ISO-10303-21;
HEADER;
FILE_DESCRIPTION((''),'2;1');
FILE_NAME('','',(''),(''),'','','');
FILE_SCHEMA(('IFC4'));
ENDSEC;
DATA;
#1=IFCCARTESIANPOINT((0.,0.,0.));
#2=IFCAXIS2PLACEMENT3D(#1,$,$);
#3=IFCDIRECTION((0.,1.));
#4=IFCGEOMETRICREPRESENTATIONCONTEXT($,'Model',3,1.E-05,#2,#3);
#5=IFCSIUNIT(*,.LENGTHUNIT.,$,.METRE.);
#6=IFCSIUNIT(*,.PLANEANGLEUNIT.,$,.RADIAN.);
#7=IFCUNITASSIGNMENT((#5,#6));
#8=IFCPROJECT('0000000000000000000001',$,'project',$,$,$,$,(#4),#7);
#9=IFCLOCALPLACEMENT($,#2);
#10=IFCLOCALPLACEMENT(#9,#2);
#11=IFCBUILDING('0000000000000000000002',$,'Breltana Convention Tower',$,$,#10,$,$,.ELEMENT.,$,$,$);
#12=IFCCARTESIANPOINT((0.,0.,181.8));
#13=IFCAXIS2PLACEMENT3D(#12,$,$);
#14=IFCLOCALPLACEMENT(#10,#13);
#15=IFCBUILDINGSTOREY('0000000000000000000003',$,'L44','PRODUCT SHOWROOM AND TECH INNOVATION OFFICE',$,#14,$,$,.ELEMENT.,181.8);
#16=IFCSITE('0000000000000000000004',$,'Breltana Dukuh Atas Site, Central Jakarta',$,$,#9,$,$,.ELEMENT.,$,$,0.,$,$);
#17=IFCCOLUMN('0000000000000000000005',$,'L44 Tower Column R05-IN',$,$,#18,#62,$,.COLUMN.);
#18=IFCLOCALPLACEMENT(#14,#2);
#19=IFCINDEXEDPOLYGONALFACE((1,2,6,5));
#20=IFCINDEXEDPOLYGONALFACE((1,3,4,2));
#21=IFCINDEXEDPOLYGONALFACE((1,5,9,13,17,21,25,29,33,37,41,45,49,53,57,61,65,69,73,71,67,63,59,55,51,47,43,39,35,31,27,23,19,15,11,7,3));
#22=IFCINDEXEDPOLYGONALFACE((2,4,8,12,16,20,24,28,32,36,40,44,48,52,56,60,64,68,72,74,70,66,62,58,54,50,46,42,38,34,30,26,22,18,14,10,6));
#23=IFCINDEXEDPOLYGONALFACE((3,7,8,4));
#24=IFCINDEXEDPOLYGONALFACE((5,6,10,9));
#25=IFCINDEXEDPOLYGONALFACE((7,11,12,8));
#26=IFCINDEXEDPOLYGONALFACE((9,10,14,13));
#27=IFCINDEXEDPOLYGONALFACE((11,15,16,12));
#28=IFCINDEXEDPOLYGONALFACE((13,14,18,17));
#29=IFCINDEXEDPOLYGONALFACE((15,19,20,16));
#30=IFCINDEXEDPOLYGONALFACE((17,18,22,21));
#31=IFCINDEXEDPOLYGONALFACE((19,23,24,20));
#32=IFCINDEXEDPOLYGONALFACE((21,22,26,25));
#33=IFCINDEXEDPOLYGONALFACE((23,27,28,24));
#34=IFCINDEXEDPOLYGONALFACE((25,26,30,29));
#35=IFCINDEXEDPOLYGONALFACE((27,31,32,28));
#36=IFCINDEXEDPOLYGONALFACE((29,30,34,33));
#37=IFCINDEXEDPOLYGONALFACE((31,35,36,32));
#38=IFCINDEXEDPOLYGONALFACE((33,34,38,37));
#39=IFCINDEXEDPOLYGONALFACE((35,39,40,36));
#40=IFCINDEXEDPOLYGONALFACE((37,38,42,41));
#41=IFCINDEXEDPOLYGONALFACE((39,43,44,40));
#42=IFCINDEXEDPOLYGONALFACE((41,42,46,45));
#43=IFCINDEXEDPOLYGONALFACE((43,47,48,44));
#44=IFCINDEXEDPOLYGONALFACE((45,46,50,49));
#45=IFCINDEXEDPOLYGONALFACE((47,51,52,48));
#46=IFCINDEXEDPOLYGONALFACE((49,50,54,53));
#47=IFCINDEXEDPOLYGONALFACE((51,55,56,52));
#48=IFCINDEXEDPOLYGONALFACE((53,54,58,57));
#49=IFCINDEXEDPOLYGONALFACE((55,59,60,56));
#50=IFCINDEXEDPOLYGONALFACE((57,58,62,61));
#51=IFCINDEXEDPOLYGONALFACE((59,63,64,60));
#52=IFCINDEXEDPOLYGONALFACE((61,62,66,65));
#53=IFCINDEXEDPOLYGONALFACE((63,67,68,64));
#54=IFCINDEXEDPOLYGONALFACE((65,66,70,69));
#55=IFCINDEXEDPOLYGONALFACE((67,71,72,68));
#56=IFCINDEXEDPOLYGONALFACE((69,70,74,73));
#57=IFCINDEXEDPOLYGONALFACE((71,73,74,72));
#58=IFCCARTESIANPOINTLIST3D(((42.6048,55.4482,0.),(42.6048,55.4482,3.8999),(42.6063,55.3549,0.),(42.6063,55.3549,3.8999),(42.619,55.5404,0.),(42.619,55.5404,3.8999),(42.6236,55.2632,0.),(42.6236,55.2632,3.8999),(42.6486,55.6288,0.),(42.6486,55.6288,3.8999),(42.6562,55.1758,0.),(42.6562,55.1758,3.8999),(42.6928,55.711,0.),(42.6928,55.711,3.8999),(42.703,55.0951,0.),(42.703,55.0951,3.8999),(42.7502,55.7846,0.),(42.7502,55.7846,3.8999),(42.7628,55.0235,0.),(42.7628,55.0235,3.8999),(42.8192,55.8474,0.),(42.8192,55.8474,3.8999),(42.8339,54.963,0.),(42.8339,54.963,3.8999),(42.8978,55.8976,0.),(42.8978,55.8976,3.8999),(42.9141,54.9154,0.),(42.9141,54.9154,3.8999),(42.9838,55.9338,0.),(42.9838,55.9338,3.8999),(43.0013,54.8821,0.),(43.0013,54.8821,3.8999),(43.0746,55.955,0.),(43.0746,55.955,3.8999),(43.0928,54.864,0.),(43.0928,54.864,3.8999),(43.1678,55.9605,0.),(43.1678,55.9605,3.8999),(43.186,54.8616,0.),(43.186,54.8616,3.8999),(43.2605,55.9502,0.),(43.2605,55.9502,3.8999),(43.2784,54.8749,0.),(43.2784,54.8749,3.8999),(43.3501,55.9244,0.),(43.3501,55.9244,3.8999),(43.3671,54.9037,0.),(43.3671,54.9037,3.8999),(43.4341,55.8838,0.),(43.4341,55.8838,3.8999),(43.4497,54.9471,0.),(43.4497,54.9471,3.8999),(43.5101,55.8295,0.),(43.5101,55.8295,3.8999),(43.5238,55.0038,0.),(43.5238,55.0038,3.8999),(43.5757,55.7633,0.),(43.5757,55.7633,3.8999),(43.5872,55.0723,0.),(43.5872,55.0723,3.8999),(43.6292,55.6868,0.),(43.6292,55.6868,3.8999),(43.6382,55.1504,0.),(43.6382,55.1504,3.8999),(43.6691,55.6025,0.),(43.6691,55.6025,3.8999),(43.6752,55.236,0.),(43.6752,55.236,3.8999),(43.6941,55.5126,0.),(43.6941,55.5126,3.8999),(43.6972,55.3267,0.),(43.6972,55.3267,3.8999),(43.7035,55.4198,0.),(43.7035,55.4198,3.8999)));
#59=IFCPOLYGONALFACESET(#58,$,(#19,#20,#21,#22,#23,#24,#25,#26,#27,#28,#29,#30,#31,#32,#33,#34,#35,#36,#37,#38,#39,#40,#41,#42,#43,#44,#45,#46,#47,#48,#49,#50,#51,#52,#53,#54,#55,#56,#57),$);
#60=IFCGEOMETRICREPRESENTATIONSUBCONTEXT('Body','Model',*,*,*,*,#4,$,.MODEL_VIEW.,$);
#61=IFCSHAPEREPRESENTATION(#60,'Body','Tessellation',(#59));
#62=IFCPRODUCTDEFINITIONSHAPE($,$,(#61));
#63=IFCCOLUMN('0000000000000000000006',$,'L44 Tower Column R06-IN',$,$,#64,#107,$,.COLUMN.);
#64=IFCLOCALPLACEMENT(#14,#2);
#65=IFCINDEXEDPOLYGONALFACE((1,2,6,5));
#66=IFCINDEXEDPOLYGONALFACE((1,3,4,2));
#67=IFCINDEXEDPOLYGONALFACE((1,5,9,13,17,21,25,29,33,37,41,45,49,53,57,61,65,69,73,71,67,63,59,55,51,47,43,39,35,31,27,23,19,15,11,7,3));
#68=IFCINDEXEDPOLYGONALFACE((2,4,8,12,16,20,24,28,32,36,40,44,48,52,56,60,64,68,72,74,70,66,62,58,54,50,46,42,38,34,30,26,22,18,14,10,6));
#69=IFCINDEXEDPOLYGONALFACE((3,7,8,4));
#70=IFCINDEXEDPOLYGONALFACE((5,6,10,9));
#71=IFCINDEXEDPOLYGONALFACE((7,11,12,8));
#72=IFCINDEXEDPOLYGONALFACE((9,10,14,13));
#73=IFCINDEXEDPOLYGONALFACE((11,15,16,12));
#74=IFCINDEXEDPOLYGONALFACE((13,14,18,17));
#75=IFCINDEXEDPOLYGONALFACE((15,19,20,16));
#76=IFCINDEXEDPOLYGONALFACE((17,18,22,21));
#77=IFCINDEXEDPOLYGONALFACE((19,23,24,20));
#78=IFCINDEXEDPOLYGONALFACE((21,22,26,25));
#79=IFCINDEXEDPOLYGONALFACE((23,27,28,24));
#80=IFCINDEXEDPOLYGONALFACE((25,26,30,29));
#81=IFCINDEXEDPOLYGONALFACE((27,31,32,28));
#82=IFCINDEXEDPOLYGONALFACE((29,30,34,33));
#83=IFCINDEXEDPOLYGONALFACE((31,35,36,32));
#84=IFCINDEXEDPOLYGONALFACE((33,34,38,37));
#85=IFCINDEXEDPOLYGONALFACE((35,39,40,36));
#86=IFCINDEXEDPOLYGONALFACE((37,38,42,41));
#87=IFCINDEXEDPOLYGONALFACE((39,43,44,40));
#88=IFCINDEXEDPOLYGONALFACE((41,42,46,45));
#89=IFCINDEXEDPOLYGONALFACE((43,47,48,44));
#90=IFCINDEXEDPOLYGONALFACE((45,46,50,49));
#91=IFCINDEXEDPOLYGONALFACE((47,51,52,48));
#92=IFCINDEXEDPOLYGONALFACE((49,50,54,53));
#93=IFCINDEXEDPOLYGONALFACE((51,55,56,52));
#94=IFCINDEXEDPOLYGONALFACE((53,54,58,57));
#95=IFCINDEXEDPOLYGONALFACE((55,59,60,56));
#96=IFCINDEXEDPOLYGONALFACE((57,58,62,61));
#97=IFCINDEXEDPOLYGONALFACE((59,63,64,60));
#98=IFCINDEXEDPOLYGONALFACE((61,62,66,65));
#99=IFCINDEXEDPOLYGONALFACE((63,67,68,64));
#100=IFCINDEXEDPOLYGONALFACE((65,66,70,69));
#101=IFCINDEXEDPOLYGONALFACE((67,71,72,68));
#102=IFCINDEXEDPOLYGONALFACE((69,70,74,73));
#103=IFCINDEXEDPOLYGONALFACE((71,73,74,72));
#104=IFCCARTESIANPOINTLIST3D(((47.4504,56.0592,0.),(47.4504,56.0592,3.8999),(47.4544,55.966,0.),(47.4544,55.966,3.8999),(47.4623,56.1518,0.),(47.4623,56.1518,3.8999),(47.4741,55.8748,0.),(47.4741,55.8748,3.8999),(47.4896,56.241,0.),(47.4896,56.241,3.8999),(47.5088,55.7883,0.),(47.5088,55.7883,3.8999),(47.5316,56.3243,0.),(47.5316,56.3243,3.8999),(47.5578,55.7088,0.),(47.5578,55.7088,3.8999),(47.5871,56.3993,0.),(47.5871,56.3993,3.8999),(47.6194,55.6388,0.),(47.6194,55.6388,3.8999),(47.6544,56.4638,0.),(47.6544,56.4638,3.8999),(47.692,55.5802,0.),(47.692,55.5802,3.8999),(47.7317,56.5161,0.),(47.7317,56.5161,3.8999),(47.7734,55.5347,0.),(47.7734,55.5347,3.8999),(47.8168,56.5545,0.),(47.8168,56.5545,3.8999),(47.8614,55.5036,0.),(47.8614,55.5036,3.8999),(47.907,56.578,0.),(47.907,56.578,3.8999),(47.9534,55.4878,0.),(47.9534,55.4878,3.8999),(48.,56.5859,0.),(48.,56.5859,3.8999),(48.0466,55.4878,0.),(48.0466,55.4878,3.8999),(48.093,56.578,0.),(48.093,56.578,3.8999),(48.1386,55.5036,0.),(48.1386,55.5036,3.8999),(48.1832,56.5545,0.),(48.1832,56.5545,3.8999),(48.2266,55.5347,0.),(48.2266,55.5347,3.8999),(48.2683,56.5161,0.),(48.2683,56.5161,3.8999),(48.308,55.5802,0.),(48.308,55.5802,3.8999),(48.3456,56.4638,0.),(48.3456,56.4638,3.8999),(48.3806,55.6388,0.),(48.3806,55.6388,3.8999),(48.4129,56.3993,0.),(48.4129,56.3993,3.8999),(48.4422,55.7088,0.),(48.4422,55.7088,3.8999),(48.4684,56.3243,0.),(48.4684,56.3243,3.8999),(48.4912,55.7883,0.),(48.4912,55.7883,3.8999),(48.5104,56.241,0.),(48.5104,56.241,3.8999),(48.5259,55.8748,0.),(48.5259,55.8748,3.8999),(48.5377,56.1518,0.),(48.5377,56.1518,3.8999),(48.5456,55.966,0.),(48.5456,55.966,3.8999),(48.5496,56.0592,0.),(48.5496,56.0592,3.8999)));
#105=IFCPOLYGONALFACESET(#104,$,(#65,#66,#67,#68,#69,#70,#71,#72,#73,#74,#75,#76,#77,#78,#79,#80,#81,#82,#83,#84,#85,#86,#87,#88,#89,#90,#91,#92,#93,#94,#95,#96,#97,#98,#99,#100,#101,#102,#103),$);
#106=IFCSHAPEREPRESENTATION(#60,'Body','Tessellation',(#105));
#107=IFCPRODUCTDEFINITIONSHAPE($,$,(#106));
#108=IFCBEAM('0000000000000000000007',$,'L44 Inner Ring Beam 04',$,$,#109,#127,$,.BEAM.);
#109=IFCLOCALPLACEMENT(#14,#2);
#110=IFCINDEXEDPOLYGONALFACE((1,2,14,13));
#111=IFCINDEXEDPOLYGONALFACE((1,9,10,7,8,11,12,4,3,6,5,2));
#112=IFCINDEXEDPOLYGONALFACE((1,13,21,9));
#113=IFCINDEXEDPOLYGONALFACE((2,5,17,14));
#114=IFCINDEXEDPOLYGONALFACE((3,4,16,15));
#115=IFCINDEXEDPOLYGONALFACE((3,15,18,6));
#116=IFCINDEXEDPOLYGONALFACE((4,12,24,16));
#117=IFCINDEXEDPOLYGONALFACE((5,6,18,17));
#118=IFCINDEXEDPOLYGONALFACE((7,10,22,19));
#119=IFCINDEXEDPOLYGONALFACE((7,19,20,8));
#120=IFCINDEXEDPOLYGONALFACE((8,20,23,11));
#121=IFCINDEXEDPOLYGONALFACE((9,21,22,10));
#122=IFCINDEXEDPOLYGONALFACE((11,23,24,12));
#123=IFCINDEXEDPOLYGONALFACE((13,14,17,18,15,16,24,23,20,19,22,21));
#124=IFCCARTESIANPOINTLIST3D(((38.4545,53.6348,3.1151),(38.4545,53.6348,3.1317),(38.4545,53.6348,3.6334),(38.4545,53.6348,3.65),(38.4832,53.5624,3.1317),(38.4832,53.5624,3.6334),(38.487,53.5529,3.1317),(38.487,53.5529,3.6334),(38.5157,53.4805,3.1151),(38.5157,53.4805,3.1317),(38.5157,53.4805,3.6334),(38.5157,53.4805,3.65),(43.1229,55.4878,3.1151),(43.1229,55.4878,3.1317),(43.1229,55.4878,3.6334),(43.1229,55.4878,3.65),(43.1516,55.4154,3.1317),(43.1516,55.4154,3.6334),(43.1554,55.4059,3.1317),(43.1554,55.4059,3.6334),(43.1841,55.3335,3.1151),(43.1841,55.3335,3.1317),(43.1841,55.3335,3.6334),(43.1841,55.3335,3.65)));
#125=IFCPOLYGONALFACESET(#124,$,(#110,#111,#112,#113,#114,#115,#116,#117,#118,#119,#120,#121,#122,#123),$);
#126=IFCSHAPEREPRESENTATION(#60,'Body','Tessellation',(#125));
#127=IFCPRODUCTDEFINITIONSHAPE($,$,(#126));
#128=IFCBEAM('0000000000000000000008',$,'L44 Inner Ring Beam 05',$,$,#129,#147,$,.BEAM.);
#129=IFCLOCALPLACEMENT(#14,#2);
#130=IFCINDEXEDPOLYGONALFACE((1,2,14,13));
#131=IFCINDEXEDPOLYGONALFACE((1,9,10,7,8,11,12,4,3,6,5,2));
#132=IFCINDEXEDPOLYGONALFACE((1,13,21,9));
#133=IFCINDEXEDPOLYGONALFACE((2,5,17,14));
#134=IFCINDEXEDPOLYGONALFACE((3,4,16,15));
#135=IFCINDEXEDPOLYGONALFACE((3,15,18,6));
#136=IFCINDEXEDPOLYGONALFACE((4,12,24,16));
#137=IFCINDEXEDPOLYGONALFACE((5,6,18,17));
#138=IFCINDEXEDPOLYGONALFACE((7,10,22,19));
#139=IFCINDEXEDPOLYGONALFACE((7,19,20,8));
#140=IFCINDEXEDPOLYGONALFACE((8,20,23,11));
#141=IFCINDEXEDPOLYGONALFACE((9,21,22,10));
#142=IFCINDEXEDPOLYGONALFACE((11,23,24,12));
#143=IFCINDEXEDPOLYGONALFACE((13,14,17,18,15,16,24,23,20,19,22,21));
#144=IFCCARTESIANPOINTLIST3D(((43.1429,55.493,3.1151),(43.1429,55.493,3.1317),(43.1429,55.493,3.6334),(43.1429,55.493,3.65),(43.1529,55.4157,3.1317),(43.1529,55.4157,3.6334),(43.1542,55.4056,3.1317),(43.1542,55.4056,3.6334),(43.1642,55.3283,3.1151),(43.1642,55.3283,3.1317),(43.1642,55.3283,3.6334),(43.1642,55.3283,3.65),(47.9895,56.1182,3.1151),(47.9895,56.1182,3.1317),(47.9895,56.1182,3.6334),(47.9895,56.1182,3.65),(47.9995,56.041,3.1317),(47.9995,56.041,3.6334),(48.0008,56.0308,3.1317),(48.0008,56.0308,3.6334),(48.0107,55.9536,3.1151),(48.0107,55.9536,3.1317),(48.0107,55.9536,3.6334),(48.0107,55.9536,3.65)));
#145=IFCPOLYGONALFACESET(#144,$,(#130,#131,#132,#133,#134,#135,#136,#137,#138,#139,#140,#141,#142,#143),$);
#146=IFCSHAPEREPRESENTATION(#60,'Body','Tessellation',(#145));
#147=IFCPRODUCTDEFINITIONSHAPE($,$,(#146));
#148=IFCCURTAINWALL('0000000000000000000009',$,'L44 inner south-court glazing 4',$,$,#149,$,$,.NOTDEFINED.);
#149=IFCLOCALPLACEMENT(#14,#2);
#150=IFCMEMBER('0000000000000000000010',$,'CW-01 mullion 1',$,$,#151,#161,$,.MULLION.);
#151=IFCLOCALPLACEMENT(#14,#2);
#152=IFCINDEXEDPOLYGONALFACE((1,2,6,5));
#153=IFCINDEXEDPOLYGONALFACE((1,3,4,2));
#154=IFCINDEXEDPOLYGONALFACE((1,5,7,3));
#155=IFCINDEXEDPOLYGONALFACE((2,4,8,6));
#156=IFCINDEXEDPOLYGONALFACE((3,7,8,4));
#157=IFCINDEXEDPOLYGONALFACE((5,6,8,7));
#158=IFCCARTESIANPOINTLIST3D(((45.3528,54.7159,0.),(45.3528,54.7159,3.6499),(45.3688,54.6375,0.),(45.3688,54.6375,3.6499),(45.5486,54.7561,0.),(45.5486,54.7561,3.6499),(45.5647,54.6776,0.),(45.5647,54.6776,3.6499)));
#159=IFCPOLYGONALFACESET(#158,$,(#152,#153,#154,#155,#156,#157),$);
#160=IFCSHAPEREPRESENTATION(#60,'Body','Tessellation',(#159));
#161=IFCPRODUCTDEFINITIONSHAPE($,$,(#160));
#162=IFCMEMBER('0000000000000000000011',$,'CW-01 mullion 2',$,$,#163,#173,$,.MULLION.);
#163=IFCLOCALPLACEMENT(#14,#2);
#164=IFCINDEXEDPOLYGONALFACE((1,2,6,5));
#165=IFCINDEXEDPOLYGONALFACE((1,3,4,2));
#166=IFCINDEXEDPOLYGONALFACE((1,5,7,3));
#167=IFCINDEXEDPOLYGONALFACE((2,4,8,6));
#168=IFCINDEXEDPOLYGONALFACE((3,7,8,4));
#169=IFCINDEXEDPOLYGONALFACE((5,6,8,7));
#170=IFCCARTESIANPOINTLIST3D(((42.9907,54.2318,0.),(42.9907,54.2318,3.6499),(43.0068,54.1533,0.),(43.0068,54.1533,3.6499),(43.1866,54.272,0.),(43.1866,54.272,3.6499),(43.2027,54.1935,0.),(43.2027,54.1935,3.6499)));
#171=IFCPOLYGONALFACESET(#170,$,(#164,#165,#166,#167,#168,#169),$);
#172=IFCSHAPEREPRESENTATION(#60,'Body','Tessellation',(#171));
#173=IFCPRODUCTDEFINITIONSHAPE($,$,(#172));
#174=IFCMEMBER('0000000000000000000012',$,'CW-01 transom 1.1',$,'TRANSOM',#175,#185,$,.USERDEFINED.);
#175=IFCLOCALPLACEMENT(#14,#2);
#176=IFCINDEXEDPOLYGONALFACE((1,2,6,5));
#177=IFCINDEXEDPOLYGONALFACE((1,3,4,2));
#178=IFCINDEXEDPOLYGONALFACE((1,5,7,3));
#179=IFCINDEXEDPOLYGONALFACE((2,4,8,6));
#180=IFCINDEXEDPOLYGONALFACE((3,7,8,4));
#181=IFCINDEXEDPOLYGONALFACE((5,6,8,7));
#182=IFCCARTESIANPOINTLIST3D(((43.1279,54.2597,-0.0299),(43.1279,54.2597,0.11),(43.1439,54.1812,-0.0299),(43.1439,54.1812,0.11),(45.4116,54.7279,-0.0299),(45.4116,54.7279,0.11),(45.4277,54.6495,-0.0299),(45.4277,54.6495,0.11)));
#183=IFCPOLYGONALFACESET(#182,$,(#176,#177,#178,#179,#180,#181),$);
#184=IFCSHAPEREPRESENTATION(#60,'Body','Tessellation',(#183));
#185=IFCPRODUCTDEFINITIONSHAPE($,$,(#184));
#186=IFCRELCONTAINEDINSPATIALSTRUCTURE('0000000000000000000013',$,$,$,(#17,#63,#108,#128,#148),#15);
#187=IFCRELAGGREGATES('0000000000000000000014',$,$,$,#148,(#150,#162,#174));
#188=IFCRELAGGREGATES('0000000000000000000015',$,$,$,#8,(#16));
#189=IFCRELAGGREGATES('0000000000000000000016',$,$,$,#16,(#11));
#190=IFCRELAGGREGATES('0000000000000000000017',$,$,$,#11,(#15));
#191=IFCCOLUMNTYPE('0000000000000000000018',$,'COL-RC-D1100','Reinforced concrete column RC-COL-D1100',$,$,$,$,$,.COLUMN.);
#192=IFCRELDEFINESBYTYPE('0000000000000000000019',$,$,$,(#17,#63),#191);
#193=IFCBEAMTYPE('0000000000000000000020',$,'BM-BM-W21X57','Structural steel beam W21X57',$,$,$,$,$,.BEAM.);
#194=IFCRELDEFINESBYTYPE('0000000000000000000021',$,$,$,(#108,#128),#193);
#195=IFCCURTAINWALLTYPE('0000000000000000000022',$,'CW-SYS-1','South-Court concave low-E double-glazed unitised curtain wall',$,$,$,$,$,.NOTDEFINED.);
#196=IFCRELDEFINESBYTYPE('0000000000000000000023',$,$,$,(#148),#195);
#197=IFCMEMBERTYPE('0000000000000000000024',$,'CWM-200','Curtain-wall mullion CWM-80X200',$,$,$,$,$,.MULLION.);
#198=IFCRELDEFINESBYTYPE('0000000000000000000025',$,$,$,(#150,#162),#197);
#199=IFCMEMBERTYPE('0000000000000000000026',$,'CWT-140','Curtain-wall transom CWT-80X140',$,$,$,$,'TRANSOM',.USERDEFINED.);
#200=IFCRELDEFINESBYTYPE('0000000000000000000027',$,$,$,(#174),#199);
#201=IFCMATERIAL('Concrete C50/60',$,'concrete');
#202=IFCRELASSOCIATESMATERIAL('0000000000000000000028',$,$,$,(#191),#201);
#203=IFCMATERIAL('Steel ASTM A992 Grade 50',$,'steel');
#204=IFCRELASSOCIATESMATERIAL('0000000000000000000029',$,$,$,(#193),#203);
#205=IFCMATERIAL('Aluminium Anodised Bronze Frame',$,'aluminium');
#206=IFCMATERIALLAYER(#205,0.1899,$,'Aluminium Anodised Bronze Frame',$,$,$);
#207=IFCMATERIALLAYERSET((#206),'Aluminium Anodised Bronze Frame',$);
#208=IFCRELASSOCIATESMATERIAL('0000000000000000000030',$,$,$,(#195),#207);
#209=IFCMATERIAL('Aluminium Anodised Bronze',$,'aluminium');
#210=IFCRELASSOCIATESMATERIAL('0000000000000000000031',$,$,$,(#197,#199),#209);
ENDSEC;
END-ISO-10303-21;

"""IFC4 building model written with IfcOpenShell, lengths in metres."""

from ifc_helpers import new_model, si_unit, direction, frame, origin, origin_2d, place, context, subcontext, project, spatial, rectangle, circle, i_section, extrude, source, transform, mapped, material, layer, layer_set, material_profile, profile_set, type_object, element, aggregate, save


model = new_model("IFC4")

# Units and contexts
model_context = context("Model", 3, precision=1e-05, world=origin(), true_north=direction((0.0, 1.0)))
body_context = subcontext(model_context, "Body", "Model", "MODEL_VIEW")
ifc_project = project(units=[si_unit("LENGTHUNIT", "METRE"), si_unit("PLANEANGLEUNIT", "RADIAN")], contexts=[model_context])

# Site, building, storey
site_placement = place(None, origin())
site = spatial("IfcSite", under=ifc_project, at=site_placement, Name="Breltana Dukuh Atas Site, Central Jakarta", CompositionType="ELEMENT", RefElevation=0.0)
building_placement = place(site_placement, origin())
building = spatial("IfcBuilding", under=site, at=building_placement, Name="Breltana Convention Tower", CompositionType="ELEMENT")
storey_placement = place(building_placement, frame((0.0, 0.0, 181.8)))
storey = spatial("IfcBuildingStorey", under=building, at=storey_placement, Name="L44", Description="PRODUCT SHOWROOM AND TECH INNOVATION OFFICE", CompositionType="ELEMENT", Elevation=181.8)

# Columns
ifc_material_1 = material(Name="Concrete C50/60", Category="concrete")
ifc_material_profile_1 = material_profile(ifc_material_1, circle(Radius=0.55, at=origin_2d()), Name="RC-COL-D1100")
ifc_profile_set_1 = profile_set([ifc_material_profile_1], Name="Concrete C50/60")
column_type = type_object("IfcColumnType", Name="COL-RC-D1100", Description="Reinforced concrete column RC-COL-D1100", PredefinedType="COLUMN", material=ifc_profile_set_1)
shared_shape_1 = source(origin(), body_context, "Body", "SweptSolid", [
    extrude(circle(Radius=0.55, at=origin_2d()), origin(), (0.0, 0.0, 1.0), 3.8999),
])
for number, where, z_axis, x_axis, name in (
    (1, (43.1536, 55.4106, 0.0), (0.0, 0.0, 1.0), (-0.143493, 0.989651, 0.0), "L44 Tower Column R05-IN"),
    (2, (48.0, 56.0359, 0.0), (0.0, 0.0, 1.0), (0.0, 1.0, 0.0), "L44 Tower Column R06-IN"),
):
    element("IfcColumn", number, at=place(storey_placement, frame(where, z_axis=z_axis, x_axis=x_axis)), inside=storey, type_object=column_type, Name=name, PredefinedType="COLUMN", context=body_context, shape_type="MappedRepresentation", body=[
        mapped(shared_shape_1, transform((0.0, 0.0, 0.0), scale=1.0)),
    ])

# Beams
ifc_material_2 = material(Name="Steel ASTM A992 Grade 50", Category="steel")
ifc_material_profile_2 = material_profile(ifc_material_2, i_section(OverallWidth=0.166, OverallDepth=0.5349, WebThickness=0.0103, FlangeThickness=0.0166, at=origin_2d()), Name="W21X57")
ifc_profile_set_2 = profile_set([ifc_material_profile_2], Name="Steel ASTM A992 Grade 50")
beam_type = type_object("IfcBeamType", Name="BM-BM-W21X57", Description="Structural steel beam W21X57", PredefinedType="BEAM", material=ifc_profile_set_2)
shared_shape_2 = source(origin(), body_context, "Body", "SweptSolid", [
    extrude(i_section(OverallWidth=0.166, OverallDepth=0.5349, WebThickness=0.0103, FlangeThickness=0.0166, at=origin_2d()), origin(), (0.0, 0.0, 1.0), 5.0227),
])
beam_1_placement = place(storey_placement, frame((38.4851, 53.5576, 3.3826), z_axis=(0.929459, 0.368926, 0.0), x_axis=(-0.368926, 0.929459, 0.0)))
element("IfcBeam", 3, at=beam_1_placement, inside=storey, type_object=beam_type, Name="L44 Inner Ring Beam 04", PredefinedType="BEAM", context=body_context, shape_type="MappedRepresentation", body=[
    mapped(shared_shape_2, transform((0.0, 0.0, 0.0), scale=1.0)),
])
shared_shape_3 = source(origin(), body_context, "Body", "SweptSolid", [
    extrude(i_section(OverallWidth=0.166, OverallDepth=0.5349, WebThickness=0.0103, FlangeThickness=0.0166, at=origin_2d()), origin(), (0.0, 0.0, 1.0), 4.8867),
])
beam_2_placement = place(storey_placement, frame((43.1536, 55.4106, 3.3826), z_axis=(0.991781, 0.127951, 0.0), x_axis=(-0.127951, 0.991781, 0.0)))
element("IfcBeam", 4, at=beam_2_placement, inside=storey, type_object=beam_type, Name="L44 Inner Ring Beam 05", PredefinedType="BEAM", context=body_context, shape_type="MappedRepresentation", body=[
    mapped(shared_shape_3, transform((0.0, 0.0, 0.0), scale=1.0)),
])

# Curtain wall, members
ifc_material_3 = material(Name="Aluminium Anodised Bronze Frame", Category="aluminium")
ifc_layer_1 = layer(ifc_material_3, 0.1899, Name="Aluminium Anodised Bronze Frame")
ifc_layer_set_1 = layer_set([ifc_layer_1], Name="Aluminium Anodised Bronze Frame")
curtain_wall_type = type_object("IfcCurtainWallType", Name="CW-SYS-1", Description="South-Court concave low-E double-glazed unitised curtain wall", PredefinedType="NOTDEFINED", material=ifc_layer_set_1)
curtain_wall_placement = place(storey_placement, origin())
curtain_wall = element("IfcCurtainWall", 5, at=curtain_wall_placement, inside=storey, type_object=curtain_wall_type, Name="L44 inner south-court glazing 4", PredefinedType="NOTDEFINED")
ifc_material_4 = material(Name="Aluminium Anodised Bronze", Category="aluminium")
ifc_material_profile_3 = material_profile(ifc_material_4, rectangle(XDim=0.0801, YDim=0.2, at=origin_2d()), Name="CWM-80X200")
ifc_profile_set_3 = profile_set([ifc_material_profile_3], Name="Aluminium Anodised Bronze")
member_type_1 = type_object("IfcMemberType", Name="CWM-200", Description="Curtain-wall mullion CWM-80X200", PredefinedType="MULLION", material=ifc_profile_set_3)
shared_shape_4 = source(origin(), body_context, "Body", "SweptSolid", [
    extrude(rectangle(XDim=0.0801, YDim=0.2, at=origin_2d()), origin(), (0.0, 0.0, 1.0), 3.6499),
])
member_1_placement = place(storey_placement, frame((45.4587, 54.6968, 0.0), z_axis=(0.0, 0.0, 1.0), x_axis=(0.200861, -0.97962, 0.0)))
member_1 = element("IfcMember", 6, at=member_1_placement, type_object=member_type_1, Name="CW-01 mullion 1", PredefinedType="MULLION", context=body_context, shape_type="MappedRepresentation", body=[
    mapped(shared_shape_4, transform((0.0, 0.0, 0.0), scale=1.0)),
])
member_2_placement = place(storey_placement, frame((43.0967, 54.2126, 0.0), z_axis=(0.0, 0.0, 1.0), x_axis=(0.200861, -0.97962, 0.0)))
member_2 = element("IfcMember", 7, at=member_2_placement, type_object=member_type_1, Name="CW-01 mullion 2", PredefinedType="MULLION", context=body_context, shape_type="MappedRepresentation", body=[
    mapped(shared_shape_4, transform((0.0, 0.0, 0.0), scale=1.0)),
])
ifc_material_profile_4 = material_profile(ifc_material_4, rectangle(XDim=0.0801, YDim=0.1399, at=origin_2d()), Name="CWT-80X140")
ifc_profile_set_4 = profile_set([ifc_material_profile_4], Name="Aluminium Anodised Bronze")
member_type_2 = type_object("IfcMemberType", Name="CWT-140", Description="Curtain-wall transom CWT-80X140", ElementType="TRANSOM", PredefinedType="USERDEFINED", material=ifc_profile_set_4)
shared_shape_5 = source(origin(), body_context, "Body", "SweptSolid", [
    extrude(rectangle(XDim=0.0801, YDim=0.1399, at=origin_2d()), origin(), (0.0, 0.0, 1.0), 2.3313),
])
member_3_placement = place(storey_placement, frame((45.4197, 54.6887, 0.04), z_axis=(-0.979619, -0.200867, 0.0), x_axis=(0.200867, -0.979619, 0.0)))
member_3 = element("IfcMember", 8, at=member_3_placement, type_object=member_type_2, Name="CW-01 transom 1.1", ObjectType="TRANSOM", PredefinedType="USERDEFINED", context=body_context, shape_type="MappedRepresentation", body=[
    mapped(shared_shape_5, transform((0.0, 0.0, 0.0), scale=1.0)),
])
aggregate(curtain_wall, [member_1, member_2, member_3])

save(model, "model.ifc")
